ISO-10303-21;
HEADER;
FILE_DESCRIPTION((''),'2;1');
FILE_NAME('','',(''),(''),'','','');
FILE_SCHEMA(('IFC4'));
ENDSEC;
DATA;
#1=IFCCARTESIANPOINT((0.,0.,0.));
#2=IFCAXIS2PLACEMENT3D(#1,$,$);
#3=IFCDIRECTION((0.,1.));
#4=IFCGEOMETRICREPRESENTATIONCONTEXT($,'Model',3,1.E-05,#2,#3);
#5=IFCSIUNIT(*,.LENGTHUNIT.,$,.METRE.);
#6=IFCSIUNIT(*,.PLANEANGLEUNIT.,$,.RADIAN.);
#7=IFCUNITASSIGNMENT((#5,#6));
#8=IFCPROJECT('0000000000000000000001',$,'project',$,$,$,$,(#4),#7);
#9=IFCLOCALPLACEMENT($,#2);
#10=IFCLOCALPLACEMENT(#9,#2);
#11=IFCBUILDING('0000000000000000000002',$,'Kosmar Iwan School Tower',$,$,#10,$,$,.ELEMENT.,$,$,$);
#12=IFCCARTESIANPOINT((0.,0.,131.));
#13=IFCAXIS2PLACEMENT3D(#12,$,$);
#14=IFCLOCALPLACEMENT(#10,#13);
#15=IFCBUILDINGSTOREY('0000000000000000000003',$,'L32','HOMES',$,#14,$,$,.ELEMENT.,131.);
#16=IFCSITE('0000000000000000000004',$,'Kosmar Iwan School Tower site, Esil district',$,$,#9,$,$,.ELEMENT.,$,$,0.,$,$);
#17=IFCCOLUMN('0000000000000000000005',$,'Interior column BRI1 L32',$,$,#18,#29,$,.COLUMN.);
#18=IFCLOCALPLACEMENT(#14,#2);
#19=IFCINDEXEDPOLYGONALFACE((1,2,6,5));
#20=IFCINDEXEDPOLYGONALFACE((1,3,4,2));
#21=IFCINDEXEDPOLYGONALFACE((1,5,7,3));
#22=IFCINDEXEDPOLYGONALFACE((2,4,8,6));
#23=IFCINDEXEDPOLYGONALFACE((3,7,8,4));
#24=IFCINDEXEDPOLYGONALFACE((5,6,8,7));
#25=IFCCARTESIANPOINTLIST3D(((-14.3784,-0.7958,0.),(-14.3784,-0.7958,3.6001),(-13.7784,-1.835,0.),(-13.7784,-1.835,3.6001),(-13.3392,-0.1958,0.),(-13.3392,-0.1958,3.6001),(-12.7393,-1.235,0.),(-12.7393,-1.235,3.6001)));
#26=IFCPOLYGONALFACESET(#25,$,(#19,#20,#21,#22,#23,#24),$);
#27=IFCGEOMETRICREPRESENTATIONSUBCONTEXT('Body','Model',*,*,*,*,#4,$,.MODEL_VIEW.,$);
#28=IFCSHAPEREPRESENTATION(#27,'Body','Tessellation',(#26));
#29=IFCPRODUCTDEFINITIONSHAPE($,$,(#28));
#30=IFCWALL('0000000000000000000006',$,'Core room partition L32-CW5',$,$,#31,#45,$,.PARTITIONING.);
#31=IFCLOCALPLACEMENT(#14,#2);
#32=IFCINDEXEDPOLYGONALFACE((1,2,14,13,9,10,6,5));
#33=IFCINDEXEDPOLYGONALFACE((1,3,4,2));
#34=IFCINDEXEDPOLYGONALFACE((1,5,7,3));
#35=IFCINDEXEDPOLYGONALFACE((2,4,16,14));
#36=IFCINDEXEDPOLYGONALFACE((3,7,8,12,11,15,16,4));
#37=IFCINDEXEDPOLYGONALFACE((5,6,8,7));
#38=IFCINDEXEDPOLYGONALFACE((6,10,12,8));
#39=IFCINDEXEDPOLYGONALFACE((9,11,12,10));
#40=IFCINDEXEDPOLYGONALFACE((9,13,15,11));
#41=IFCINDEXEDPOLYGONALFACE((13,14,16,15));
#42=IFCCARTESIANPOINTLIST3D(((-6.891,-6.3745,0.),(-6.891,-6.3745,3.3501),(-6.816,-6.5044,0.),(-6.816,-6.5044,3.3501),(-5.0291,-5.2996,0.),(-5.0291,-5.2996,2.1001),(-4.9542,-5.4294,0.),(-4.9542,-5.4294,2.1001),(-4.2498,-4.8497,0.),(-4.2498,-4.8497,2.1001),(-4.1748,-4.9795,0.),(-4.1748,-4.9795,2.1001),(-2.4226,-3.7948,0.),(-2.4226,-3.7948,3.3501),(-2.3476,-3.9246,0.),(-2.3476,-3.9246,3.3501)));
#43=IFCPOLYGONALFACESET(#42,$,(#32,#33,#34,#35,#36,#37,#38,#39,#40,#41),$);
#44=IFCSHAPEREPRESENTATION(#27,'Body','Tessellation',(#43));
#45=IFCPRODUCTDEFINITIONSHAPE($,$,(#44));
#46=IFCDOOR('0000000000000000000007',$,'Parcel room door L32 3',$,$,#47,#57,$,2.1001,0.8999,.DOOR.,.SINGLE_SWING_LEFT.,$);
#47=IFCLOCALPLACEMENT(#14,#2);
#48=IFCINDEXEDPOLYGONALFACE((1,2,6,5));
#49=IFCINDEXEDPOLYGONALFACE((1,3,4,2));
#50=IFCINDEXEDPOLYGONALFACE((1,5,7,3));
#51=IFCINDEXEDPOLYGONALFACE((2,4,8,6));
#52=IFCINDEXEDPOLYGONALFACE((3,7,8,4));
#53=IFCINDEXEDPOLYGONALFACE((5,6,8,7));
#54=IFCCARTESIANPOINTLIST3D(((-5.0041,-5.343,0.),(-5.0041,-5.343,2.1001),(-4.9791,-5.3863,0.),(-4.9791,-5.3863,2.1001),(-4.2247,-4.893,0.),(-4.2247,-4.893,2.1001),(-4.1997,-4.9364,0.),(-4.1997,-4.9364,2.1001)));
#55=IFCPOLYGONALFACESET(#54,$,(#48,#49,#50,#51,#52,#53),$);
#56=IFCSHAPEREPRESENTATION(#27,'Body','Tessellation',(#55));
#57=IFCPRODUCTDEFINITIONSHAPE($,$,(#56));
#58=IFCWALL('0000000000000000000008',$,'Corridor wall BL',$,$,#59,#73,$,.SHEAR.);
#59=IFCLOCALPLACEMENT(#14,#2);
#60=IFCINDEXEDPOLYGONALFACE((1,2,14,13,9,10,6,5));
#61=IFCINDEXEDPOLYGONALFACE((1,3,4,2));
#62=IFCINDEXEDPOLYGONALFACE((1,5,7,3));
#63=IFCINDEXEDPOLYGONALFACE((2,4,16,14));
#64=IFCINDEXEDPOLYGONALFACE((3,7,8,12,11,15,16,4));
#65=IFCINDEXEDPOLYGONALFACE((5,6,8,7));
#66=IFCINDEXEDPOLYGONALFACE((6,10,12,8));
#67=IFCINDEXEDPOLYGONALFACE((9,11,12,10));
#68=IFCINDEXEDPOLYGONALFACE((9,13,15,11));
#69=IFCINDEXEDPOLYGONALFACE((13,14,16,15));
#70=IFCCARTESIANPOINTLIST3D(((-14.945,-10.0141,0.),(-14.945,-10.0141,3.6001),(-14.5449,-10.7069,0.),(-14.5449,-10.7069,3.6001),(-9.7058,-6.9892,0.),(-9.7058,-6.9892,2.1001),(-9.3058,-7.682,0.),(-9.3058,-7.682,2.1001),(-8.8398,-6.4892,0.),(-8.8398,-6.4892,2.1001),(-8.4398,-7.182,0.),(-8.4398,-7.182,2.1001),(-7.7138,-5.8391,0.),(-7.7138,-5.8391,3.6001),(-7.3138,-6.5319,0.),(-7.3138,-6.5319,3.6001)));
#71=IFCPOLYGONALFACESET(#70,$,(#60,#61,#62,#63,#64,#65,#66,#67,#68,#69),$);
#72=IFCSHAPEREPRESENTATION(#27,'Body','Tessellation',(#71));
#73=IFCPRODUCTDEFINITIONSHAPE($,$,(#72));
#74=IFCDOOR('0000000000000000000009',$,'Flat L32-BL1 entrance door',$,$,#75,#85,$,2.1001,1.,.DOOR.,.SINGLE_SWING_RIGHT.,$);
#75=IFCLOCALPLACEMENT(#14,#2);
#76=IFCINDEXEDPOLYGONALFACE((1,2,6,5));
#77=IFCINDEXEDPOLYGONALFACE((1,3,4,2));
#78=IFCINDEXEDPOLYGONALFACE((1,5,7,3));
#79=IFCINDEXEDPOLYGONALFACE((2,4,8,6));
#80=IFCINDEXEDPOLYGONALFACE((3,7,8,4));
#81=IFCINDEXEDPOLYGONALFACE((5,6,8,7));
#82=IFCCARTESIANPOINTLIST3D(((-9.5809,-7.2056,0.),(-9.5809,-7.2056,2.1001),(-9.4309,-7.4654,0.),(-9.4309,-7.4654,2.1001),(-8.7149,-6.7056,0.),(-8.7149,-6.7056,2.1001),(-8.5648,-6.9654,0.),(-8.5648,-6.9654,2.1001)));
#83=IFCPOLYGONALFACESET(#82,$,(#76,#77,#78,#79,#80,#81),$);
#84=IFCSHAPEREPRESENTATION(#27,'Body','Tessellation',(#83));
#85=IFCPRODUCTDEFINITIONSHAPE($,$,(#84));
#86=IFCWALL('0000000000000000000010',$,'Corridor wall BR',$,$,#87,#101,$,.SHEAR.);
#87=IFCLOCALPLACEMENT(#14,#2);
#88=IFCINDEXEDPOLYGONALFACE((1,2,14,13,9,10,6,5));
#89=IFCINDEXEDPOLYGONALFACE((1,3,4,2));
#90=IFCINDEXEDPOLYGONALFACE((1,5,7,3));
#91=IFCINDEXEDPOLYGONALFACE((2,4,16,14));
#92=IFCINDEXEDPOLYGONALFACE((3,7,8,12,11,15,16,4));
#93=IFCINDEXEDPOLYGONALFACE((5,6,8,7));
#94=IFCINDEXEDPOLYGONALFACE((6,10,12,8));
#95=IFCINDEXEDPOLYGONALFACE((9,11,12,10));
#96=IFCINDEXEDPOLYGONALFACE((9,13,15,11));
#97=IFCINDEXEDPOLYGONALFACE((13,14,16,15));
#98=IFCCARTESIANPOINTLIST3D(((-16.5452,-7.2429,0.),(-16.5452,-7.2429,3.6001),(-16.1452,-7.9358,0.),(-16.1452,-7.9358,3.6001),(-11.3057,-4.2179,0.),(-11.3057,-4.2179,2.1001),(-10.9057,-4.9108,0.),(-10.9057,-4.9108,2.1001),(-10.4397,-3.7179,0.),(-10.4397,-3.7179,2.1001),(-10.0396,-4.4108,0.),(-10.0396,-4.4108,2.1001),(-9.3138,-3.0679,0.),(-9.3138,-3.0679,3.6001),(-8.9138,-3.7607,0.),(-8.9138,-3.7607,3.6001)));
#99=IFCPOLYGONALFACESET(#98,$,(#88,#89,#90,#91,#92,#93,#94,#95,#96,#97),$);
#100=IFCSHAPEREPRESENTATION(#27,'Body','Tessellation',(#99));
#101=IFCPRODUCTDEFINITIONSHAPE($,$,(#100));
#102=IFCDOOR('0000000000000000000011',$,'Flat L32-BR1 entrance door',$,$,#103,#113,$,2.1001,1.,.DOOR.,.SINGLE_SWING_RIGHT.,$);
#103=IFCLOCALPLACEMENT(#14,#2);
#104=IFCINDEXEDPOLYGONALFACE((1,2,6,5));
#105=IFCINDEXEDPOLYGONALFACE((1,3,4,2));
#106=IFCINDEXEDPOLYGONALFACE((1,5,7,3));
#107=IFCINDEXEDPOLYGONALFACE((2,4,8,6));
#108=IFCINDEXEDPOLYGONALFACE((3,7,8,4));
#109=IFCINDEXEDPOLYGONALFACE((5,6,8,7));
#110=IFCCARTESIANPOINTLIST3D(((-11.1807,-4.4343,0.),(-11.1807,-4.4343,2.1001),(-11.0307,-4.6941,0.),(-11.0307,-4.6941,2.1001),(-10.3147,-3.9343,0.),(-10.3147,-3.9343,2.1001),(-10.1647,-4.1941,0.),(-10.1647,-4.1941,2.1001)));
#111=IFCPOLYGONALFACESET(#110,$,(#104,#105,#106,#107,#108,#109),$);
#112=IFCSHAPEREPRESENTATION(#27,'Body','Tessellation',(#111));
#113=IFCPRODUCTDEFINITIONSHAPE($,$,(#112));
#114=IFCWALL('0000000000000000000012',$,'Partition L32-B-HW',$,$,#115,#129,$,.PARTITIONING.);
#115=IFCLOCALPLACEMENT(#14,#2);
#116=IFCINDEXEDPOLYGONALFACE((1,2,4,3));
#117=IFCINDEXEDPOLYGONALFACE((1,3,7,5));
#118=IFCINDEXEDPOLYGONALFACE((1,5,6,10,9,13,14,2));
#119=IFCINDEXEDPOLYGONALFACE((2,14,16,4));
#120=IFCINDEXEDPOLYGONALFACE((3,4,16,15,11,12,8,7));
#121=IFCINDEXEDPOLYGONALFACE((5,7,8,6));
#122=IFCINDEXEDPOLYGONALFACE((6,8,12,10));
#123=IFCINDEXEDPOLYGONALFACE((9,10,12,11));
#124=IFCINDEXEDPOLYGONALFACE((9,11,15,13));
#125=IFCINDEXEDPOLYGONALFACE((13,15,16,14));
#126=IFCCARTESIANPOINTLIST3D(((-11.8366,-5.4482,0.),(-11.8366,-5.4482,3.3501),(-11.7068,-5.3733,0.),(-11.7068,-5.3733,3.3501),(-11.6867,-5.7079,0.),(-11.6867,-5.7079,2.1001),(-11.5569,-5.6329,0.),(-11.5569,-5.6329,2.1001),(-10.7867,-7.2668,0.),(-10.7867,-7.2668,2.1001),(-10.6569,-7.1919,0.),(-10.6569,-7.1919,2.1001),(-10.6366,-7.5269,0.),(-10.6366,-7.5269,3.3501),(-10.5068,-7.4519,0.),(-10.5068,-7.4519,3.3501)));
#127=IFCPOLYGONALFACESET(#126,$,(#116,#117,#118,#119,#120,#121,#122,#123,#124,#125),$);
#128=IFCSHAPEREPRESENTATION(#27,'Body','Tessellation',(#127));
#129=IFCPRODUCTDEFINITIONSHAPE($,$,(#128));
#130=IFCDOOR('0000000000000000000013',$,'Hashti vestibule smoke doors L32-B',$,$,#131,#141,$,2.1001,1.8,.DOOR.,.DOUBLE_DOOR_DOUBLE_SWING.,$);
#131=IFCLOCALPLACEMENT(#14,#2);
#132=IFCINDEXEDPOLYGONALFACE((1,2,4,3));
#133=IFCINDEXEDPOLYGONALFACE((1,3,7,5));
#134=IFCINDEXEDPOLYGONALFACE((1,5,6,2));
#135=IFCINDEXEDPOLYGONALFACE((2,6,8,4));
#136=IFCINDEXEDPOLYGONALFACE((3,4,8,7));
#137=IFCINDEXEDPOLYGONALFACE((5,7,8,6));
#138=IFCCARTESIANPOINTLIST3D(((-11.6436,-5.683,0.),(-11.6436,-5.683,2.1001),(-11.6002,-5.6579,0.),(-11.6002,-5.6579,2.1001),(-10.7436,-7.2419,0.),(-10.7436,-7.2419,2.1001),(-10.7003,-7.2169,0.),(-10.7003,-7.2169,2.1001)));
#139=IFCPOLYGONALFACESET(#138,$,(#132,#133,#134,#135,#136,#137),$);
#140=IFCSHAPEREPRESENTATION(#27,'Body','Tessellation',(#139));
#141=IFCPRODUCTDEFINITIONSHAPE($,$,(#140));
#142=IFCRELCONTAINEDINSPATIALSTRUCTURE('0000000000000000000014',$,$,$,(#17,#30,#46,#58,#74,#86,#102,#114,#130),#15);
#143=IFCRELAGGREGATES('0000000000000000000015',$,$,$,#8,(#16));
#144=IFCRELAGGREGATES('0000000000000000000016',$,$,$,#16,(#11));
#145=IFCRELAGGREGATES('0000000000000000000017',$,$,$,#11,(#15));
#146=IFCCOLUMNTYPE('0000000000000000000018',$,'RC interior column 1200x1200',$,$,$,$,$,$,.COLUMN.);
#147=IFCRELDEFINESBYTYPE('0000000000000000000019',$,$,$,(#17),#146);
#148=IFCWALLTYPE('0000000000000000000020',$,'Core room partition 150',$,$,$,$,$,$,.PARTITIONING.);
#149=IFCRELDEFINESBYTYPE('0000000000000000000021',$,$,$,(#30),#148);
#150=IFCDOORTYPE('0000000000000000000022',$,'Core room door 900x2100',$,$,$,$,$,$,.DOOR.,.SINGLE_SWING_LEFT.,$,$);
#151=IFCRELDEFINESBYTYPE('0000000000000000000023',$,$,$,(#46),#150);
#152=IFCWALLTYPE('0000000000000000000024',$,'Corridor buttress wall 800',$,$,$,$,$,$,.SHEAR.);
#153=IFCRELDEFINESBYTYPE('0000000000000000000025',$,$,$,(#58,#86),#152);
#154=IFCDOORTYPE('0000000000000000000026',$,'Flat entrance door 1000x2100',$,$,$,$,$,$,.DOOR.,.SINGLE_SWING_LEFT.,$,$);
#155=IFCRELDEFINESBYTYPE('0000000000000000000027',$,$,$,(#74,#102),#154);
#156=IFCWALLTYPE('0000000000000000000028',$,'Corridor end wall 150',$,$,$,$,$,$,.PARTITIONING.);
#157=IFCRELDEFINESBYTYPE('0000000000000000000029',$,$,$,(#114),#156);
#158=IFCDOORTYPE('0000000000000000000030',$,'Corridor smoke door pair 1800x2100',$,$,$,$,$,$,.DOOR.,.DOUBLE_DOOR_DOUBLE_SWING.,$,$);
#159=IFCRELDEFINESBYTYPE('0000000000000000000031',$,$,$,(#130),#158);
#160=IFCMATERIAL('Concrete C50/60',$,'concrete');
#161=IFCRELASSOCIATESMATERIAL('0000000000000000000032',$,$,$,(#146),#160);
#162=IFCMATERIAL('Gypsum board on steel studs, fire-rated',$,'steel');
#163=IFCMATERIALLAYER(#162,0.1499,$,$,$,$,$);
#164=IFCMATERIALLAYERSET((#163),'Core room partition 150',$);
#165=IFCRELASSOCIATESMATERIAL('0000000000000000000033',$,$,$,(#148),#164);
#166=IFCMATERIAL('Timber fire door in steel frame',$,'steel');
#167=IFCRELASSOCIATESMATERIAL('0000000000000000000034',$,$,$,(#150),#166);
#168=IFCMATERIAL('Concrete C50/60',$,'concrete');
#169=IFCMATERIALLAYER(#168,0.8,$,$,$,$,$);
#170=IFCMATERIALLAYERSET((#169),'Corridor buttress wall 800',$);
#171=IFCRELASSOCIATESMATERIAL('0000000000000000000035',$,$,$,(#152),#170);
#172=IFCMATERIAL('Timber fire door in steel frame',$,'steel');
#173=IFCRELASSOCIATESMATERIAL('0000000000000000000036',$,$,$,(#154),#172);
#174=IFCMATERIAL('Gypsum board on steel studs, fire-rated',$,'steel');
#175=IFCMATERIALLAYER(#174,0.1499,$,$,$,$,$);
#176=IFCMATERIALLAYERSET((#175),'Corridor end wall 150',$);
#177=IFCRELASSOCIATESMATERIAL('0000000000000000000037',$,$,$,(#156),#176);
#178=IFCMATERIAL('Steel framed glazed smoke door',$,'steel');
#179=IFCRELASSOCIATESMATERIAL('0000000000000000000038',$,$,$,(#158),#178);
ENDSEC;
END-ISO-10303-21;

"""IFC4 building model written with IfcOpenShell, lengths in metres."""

from ifc_helpers import new_model, si_unit, direction, frame, frame_2d, origin, origin_2d, place, context, subcontext, project, spatial, rectangle, extrude, material, layer, layer_set, material_profile, profile_set, type_object, element, fill, save


model = new_model("IFC4")

# Units and contexts
model_context = context("Model", 3, precision=1e-05, world=origin(), true_north=direction((0.0, 1.0)))
body_context = subcontext(model_context, "Body", "Model", "MODEL_VIEW")
ifc_project = project(units=[si_unit("LENGTHUNIT", "METRE"), si_unit("PLANEANGLEUNIT", "RADIAN")], contexts=[model_context])

# Site, building, storey
site_placement = place(None, origin())
site = spatial("IfcSite", under=ifc_project, at=site_placement, Name="Kosmar Iwan School Tower site, Esil district", CompositionType="ELEMENT", RefElevation=0.0)
building_placement = place(site_placement, origin())
building = spatial("IfcBuilding", under=site, at=building_placement, Name="Kosmar Iwan School Tower", CompositionType="ELEMENT")
storey_placement = place(building_placement, frame((0.0, 0.0, 131.0)))
storey = spatial("IfcBuildingStorey", under=building, at=storey_placement, Name="L32", Description="HOMES", CompositionType="ELEMENT", Elevation=131.0)

# Column
ifc_material_1 = material(Name="Concrete C50/60", Category="concrete")
ifc_material_profile = material_profile(ifc_material_1, rectangle(XDim=1.2, YDim=1.2, at=origin_2d()), Name="RC 1200x1200")
ifc_profile_set = profile_set([ifc_material_profile], Name="Concrete C50/60")
column_type = type_object("IfcColumnType", Name="RC interior column 1200x1200", PredefinedType="COLUMN", material=ifc_profile_set)
column_placement = place(storey_placement, frame((-13.5588, -1.0154, 0.0), z_axis=(0.0, 0.0, 1.0), x_axis=(-0.866025, -0.5, 0.0)))
element("IfcColumn", 1, at=column_placement, inside=storey, type_object=column_type, Name="Interior column BRI1 L32", PredefinedType="COLUMN", context=body_context, shape_type="SweptSolid", body=[
    extrude(rectangle(XDim=1.2, YDim=1.2, at=origin_2d()), origin(), (0.0, 0.0, 1.0), 3.6001),
])

# Walls, openings, doors
ifc_material_2 = material(Name="Gypsum board on steel studs, fire-rated", Category="steel")
ifc_layer_1 = layer(ifc_material_2, 0.1499)
ifc_layer_set_1 = layer_set([ifc_layer_1], Name="Core room partition 150")
wall_type_1 = type_object("IfcWallType", Name="Core room partition 150", PredefinedType="PARTITIONING", material=ifc_layer_set_1)
wall_1_placement = place(storey_placement, frame((-6.8535, -6.4395, 0.0), z_axis=(0.0, 0.0, 1.0), x_axis=(0.86603, 0.499991, 0.0)))
wall_1 = element("IfcWall", 2, at=wall_1_placement, inside=storey, type_object=wall_type_1, Name="Core room partition L32-CW5", PredefinedType="PARTITIONING", context=body_context, shape_type="SweptSolid", body=[
    extrude(rectangle(XDim=5.1597, YDim=0.1499, at=frame_2d((2.5798, 0.0))), origin(), (0.0, 0.0, 1.0), 3.3501),
])
opening_1_placement = place(wall_1_placement, frame((2.1499, 0.0, 0.0)))
opening_1 = element("IfcOpeningElement", 3, at=opening_1_placement, cuts=wall_1, PredefinedType="OPENING", context=body_context, shape_type="SweptSolid", body=[
    extrude(rectangle(XDim=0.8999, YDim=2.1001, at=frame_2d((0.45, 1.05))), frame((0.0, 0.0869, 0.0), z_axis=(0.0, -1.0, 0.0), x_axis=(1.0, 0.0, 0.0)), (0.0, 0.0, 1.0), 0.1738),
])
ifc_material_3 = material(Name="Timber fire door in steel frame", Category="steel")
door_type_1 = type_object("IfcDoorType", Name="Core room door 900x2100", OperationType="SINGLE_SWING_LEFT", PredefinedType="DOOR", material=ifc_material_3)
door_1_placement = place(opening_1_placement, origin())
door_1 = element("IfcDoor", 4, at=door_1_placement, inside=storey, type_object=door_type_1, Name="Parcel room door L32 3", OperationType="SINGLE_SWING_LEFT", OverallHeight=2.1001, OverallWidth=0.8999, PredefinedType="DOOR", context=body_context, shape_type="SweptSolid", body=[
    extrude(rectangle(XDim=0.8999, YDim=2.1001, at=frame_2d((0.45, 1.05))), frame((0.0, 0.0249, 0.0), z_axis=(0.0, -1.0, 0.0), x_axis=(1.0, 0.0, 0.0)), (0.0, 0.0, 1.0), 0.05),
])
fill(opening_1, door_1)
ifc_material_4 = material(Name="Concrete C50/60", Category="concrete")
ifc_layer_2 = layer(ifc_material_4, 0.8)
ifc_layer_set_2 = layer_set([ifc_layer_2], Name="Corridor buttress wall 800")
wall_type_2 = type_object("IfcWallType", Name="Corridor buttress wall 800", PredefinedType="SHEAR", material=ifc_layer_set_2)
wall_2_placement = place(storey_placement, frame((-7.5139, -6.1855, 0.0), z_axis=(0.0, 0.0, 1.0), x_axis=(-0.86602, -0.50001, 0.0)))
wall_2 = element("IfcWall", 5, at=wall_2_placement, inside=storey, type_object=wall_type_2, Name="Corridor wall BL", PredefinedType="SHEAR", context=body_context, shape_type="SweptSolid", body=[
    extrude(rectangle(XDim=8.3499, YDim=0.8, at=frame_2d((4.1748, 0.0))), origin(), (0.0, 0.0, 1.0), 3.6001),
])
opening_2_placement = place(wall_2_placement, frame((1.3, 0.0, 0.0)))
opening_2 = element("IfcOpeningElement", 6, at=opening_2_placement, cuts=wall_2, PredefinedType="OPENING", context=body_context, shape_type="SweptSolid", body=[
    extrude(rectangle(XDim=1.0, YDim=2.1001, at=frame_2d((0.5, 1.05))), frame((0.0, 0.4121, 0.0), z_axis=(0.0, -1.0, 0.0), x_axis=(1.0, 0.0, 0.0)), (0.0, 0.0, 1.0), 0.824),
])
ifc_material_5 = material(Name="Timber fire door in steel frame", Category="steel")
door_type_2 = type_object("IfcDoorType", Name="Flat entrance door 1000x2100", OperationType="SINGLE_SWING_LEFT", PredefinedType="DOOR", material=ifc_material_5)
door_2_placement = place(opening_2_placement, origin())
door_2 = element("IfcDoor", 7, at=door_2_placement, inside=storey, type_object=door_type_2, Name="Flat L32-BL1 entrance door", OperationType="SINGLE_SWING_RIGHT", OverallHeight=2.1001, OverallWidth=1.0, PredefinedType="DOOR", context=body_context, shape_type="SweptSolid", body=[
    extrude(rectangle(XDim=1.0, YDim=2.1001, at=frame_2d((0.5, 1.05))), frame((0.0, 0.1499, 0.0), z_axis=(0.0, -1.0, 0.0), x_axis=(1.0, 0.0, 0.0)), (0.0, 0.0, 1.0), 0.3),
])
fill(opening_2, door_2)
wall_3_placement = place(storey_placement, frame((-9.1138, -3.4143, 0.0), z_axis=(0.0, 0.0, 1.0), x_axis=(-0.866027, -0.499997, 0.0)))
wall_3 = element("IfcWall", 8, at=wall_3_placement, inside=storey, type_object=wall_type_2, Name="Corridor wall BR", PredefinedType="SHEAR", context=body_context, shape_type="SweptSolid", body=[
    extrude(rectangle(XDim=8.3501, YDim=0.8, at=frame_2d((4.175, 0.0))), origin(), (0.0, 0.0, 1.0), 3.6001),
])
opening_3_placement = place(wall_3_placement, frame((1.3, 0.0, 0.0)))
opening_3 = element("IfcOpeningElement", 9, at=opening_3_placement, cuts=wall_3, PredefinedType="OPENING", context=body_context, shape_type="SweptSolid", body=[
    extrude(rectangle(XDim=1.0, YDim=2.1001, at=frame_2d((0.5, 1.05))), frame((0.0, 0.4121, 0.0), z_axis=(0.0, -1.0, 0.0), x_axis=(1.0, 0.0, 0.0)), (0.0, 0.0, 1.0), 0.824),
])
door_3_placement = place(opening_3_placement, origin())
door_3 = element("IfcDoor", 10, at=door_3_placement, inside=storey, type_object=door_type_2, Name="Flat L32-BR1 entrance door", OperationType="SINGLE_SWING_RIGHT", OverallHeight=2.1001, OverallWidth=1.0, PredefinedType="DOOR", context=body_context, shape_type="SweptSolid", body=[
    extrude(rectangle(XDim=1.0, YDim=2.1001, at=frame_2d((0.5, 1.05))), frame((0.0, 0.1499, 0.0), z_axis=(0.0, -1.0, 0.0), x_axis=(1.0, 0.0, 0.0)), (0.0, 0.0, 1.0), 0.3),
])
fill(opening_3, door_3)
ifc_material_6 = material(Name="Gypsum board on steel studs, fire-rated", Category="steel")
ifc_layer_3 = layer(ifc_material_6, 0.1499)
ifc_layer_set_3 = layer_set([ifc_layer_3], Name="Corridor end wall 150")
wall_type_3 = type_object("IfcWallType", Name="Corridor end wall 150", PredefinedType="PARTITIONING", material=ifc_layer_set_3)
wall_4_placement = place(storey_placement, frame((-11.7717, -5.4106, 0.0), z_axis=(0.0, 0.0, 1.0), x_axis=(0.499957, -0.86605, 0.0)))
wall_4 = element("IfcWall", 11, at=wall_4_placement, inside=storey, type_object=wall_type_3, Name="Partition L32-B-HW", PredefinedType="PARTITIONING", context=body_context, shape_type="SweptSolid", body=[
    extrude(rectangle(XDim=2.4001, YDim=0.1499, at=frame_2d((1.2002, 0.0))), origin(), (0.0, 0.0, 1.0), 3.3501),
])
opening_4_placement = place(wall_4_placement, frame((0.3, 0.0, 0.0)))
opening_4 = element("IfcOpeningElement", 12, at=opening_4_placement, cuts=wall_4, PredefinedType="OPENING", context=body_context, shape_type="SweptSolid", body=[
    extrude(rectangle(XDim=1.8, YDim=2.1001, at=frame_2d((0.8999, 1.05))), frame((0.0, 0.0869, 0.0), z_axis=(0.0, -1.0, 0.0), x_axis=(1.0, 0.0, 0.0)), (0.0, 0.0, 1.0), 0.1738),
])
ifc_material_7 = material(Name="Steel framed glazed smoke door", Category="steel")
door_type_3 = type_object("IfcDoorType", Name="Corridor smoke door pair 1800x2100", OperationType="DOUBLE_DOOR_DOUBLE_SWING", PredefinedType="DOOR", material=ifc_material_7)
door_4_placement = place(opening_4_placement, origin())
door_4 = element("IfcDoor", 13, at=door_4_placement, inside=storey, type_object=door_type_3, Name="Hashti vestibule smoke doors L32-B", OperationType="DOUBLE_DOOR_DOUBLE_SWING", OverallHeight=2.1001, OverallWidth=1.8, PredefinedType="DOOR", context=body_context, shape_type="SweptSolid", body=[
    extrude(rectangle(XDim=1.8, YDim=2.1001, at=frame_2d((0.8999, 1.05))), frame((0.0, 0.0249, 0.0), z_axis=(0.0, -1.0, 0.0), x_axis=(1.0, 0.0, 0.0)), (0.0, 0.0, 1.0), 0.05),
])
fill(opening_4, door_4)

save(model, "model.ifc")
